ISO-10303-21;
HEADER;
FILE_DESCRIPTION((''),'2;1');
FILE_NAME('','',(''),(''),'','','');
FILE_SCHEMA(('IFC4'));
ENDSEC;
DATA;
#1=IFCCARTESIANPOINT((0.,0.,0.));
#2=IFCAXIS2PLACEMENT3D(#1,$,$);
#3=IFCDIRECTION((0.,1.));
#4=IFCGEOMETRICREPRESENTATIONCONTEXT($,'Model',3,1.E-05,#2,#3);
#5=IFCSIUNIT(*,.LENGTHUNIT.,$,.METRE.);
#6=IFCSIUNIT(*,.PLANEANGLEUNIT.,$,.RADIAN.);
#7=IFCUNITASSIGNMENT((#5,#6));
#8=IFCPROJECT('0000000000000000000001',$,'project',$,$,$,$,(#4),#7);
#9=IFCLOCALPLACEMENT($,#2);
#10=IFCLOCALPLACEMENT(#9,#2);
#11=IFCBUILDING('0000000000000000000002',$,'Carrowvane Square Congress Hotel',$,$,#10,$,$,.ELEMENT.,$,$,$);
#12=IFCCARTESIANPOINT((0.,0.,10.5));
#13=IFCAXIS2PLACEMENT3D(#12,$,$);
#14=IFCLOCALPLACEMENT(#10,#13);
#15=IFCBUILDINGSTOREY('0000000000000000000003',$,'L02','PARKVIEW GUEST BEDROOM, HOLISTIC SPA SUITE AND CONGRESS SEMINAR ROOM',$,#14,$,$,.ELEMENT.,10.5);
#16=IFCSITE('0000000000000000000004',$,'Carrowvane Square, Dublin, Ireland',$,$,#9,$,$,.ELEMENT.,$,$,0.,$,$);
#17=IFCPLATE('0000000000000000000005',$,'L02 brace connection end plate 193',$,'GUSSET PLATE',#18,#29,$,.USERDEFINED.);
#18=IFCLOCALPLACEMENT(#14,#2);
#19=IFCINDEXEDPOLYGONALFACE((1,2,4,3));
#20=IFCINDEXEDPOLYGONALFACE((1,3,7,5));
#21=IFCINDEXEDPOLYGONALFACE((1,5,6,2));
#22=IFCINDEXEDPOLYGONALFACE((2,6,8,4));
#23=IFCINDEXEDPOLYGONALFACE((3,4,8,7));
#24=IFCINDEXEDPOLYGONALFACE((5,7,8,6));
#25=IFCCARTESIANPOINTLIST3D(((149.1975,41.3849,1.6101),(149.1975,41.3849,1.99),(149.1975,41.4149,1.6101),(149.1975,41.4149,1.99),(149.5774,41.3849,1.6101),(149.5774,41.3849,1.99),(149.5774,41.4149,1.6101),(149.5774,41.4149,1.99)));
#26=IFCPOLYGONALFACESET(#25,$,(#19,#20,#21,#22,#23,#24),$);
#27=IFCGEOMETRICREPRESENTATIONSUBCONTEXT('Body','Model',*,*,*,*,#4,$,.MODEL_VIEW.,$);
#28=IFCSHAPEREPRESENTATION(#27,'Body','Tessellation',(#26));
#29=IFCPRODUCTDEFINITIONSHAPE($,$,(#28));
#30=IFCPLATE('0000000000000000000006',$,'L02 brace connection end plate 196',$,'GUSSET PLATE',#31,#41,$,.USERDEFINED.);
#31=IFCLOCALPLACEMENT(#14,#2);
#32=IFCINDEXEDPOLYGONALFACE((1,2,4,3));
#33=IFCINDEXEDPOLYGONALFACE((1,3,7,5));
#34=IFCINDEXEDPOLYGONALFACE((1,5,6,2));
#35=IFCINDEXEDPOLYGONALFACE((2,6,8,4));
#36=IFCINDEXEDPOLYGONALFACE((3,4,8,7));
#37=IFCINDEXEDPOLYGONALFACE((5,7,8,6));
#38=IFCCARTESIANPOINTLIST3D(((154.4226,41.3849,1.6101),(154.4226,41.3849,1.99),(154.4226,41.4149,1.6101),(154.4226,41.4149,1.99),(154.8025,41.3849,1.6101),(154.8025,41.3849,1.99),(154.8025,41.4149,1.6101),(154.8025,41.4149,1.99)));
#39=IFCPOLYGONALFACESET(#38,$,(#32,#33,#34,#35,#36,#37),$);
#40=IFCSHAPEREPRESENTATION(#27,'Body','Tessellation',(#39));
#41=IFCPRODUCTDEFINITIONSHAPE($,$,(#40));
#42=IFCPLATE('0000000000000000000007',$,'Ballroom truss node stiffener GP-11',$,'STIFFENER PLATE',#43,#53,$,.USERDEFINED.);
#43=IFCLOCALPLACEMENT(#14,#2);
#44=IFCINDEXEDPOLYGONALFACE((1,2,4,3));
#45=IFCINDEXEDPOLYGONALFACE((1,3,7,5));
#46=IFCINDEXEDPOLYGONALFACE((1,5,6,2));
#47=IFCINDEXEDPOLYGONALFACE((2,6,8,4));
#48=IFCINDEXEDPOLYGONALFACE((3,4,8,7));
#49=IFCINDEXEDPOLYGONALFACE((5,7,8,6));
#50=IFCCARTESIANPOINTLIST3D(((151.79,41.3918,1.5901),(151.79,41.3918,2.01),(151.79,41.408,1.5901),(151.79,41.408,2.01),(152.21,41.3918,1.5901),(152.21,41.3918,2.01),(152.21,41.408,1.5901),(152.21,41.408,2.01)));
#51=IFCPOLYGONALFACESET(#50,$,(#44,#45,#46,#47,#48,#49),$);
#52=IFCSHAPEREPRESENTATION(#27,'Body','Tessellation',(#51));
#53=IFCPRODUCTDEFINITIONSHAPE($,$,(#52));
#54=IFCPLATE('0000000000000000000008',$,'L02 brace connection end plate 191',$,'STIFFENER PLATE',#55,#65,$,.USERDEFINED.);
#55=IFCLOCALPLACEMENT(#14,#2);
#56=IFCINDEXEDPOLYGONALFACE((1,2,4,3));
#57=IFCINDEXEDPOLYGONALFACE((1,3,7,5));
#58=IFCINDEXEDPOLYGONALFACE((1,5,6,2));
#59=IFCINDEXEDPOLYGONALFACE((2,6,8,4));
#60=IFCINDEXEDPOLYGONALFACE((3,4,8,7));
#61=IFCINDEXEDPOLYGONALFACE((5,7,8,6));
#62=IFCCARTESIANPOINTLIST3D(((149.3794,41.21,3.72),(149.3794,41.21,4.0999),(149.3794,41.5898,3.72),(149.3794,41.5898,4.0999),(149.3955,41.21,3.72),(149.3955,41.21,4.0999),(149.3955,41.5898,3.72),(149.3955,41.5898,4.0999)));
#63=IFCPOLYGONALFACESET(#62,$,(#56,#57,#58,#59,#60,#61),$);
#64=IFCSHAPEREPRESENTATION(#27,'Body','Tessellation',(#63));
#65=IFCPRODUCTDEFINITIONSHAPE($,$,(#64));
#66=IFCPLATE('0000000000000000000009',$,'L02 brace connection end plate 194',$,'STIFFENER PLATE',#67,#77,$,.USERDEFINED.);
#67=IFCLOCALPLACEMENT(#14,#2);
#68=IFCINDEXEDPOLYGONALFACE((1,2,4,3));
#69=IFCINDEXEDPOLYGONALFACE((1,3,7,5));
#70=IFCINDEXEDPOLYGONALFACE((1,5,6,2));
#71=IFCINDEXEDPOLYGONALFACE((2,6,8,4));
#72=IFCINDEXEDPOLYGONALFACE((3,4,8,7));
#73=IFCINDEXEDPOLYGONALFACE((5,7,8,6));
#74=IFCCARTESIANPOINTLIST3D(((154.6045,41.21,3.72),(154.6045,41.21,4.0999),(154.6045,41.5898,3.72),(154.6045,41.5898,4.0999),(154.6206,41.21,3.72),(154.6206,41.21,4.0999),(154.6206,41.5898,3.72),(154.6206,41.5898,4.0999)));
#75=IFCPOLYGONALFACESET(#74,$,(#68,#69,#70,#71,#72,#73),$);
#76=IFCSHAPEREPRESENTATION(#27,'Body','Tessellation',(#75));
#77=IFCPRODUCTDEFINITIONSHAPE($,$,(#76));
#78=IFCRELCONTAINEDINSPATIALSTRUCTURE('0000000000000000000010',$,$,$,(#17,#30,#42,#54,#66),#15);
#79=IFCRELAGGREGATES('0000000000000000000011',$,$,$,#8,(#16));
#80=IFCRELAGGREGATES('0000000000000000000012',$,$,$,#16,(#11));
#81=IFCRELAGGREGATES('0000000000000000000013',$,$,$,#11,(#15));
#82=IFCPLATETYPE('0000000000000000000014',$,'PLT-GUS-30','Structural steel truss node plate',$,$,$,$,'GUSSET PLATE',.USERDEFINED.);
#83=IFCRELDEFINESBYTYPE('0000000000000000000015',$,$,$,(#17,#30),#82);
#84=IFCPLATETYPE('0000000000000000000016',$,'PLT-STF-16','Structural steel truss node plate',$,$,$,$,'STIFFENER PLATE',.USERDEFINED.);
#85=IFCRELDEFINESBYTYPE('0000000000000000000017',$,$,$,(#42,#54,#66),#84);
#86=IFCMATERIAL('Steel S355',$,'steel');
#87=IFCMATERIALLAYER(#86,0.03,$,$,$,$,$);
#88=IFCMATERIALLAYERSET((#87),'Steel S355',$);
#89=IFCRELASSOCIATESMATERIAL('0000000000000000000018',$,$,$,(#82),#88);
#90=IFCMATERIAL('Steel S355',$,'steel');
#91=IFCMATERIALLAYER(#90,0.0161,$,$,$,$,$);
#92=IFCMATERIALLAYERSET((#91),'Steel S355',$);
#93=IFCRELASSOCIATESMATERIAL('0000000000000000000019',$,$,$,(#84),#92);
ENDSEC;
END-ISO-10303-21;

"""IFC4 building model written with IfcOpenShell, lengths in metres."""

from ifc_helpers import new_model, si_unit, direction, frame, origin, origin_2d, place, context, subcontext, project, spatial, rectangle, extrude, material, layer, layer_set, type_object, element, save


model = new_model("IFC4")

# Units and contexts
model_context = context("Model", 3, precision=1e-05, world=origin(), true_north=direction((0.0, 1.0)))
body_context = subcontext(model_context, "Body", "Model", "MODEL_VIEW")
ifc_project = project(units=[si_unit("LENGTHUNIT", "METRE"), si_unit("PLANEANGLEUNIT", "RADIAN")], contexts=[model_context])

# Site, building, storey
site_placement = place(None, origin())
site = spatial("IfcSite", under=ifc_project, at=site_placement, Name="Carrowvane Square, Dublin, Ireland", CompositionType="ELEMENT", RefElevation=0.0)
building_placement = place(site_placement, origin())
building = spatial("IfcBuilding", under=site, at=building_placement, Name="Carrowvane Square Congress Hotel", CompositionType="ELEMENT")
storey_placement = place(building_placement, frame((0.0, 0.0, 10.5)))
storey = spatial("IfcBuildingStorey", under=building, at=storey_placement, Name="L02", Description="PARKVIEW GUEST BEDROOM, HOLISTIC SPA SUITE AND CONGRESS SEMINAR ROOM", CompositionType="ELEMENT", Elevation=10.5)

# Plates
ifc_material_1 = material(Name="Steel S355", Category="steel")
ifc_layer_1 = layer(ifc_material_1, 0.03)
ifc_layer_set_1 = layer_set([ifc_layer_1], Name="Steel S355")
plate_type_1 = type_object("IfcPlateType", Name="PLT-GUS-30", Description="Structural steel truss node plate", ElementType="GUSSET PLATE", PredefinedType="USERDEFINED", material=ifc_layer_set_1)
for number, where, z_axis, x_axis, name in (
    (1, (149.3875, 41.3999, 1.6101), (0.0, 0.0, 1.0), (1.0, 0.0, 0.0), "L02 brace connection end plate 193"),
    (2, (154.6125, 41.3999, 1.6101), (0.0, 0.0, 1.0), (1.0, 0.0, 0.0), "L02 brace connection end plate 196"),
):
    element("IfcPlate", number, at=place(storey_placement, frame(where, z_axis=z_axis, x_axis=x_axis)), inside=storey, type_object=plate_type_1, Name=name, ObjectType="GUSSET PLATE", PredefinedType="USERDEFINED", context=body_context, shape_type="SweptSolid", body=[
        extrude(rectangle(XDim=0.3799, YDim=0.03, at=origin_2d()), origin(), (0.0, 0.0, 1.0), 0.3799),
    ])
ifc_material_2 = material(Name="Steel S355", Category="steel")
ifc_layer_2 = layer(ifc_material_2, 0.0161)
ifc_layer_set_2 = layer_set([ifc_layer_2], Name="Steel S355")
plate_type_2 = type_object("IfcPlateType", Name="PLT-STF-16", Description="Structural steel truss node plate", ElementType="STIFFENER PLATE", PredefinedType="USERDEFINED", material=ifc_layer_set_2)
plate_1_placement = place(storey_placement, frame((152.0, 41.3999, 1.5901), z_axis=(0.0, 0.0, 1.0), x_axis=(1.0, 0.0, 0.0)))
element("IfcPlate", 3, at=plate_1_placement, inside=storey, type_object=plate_type_2, Name="Ballroom truss node stiffener GP-11", ObjectType="STIFFENER PLATE", PredefinedType="USERDEFINED", context=body_context, shape_type="SweptSolid", body=[
    extrude(rectangle(XDim=0.4199, YDim=0.0161, at=origin_2d()), origin(), (0.0, 0.0, 1.0), 0.4199),
])
for number, where, z_axis, x_axis, name in (
    (4, (149.3875, 41.3999, 3.72), (0.0, 0.0, 1.0), (1.0, 0.0, 0.0), "L02 brace connection end plate 191"),
    (5, (154.6125, 41.3999, 3.72), (0.0, 0.0, 1.0), (1.0, 0.0, 0.0), "L02 brace connection end plate 194"),
):
    element("IfcPlate", number, at=place(storey_placement, frame(where, z_axis=z_axis, x_axis=x_axis)), inside=storey, type_object=plate_type_2, Name=name, ObjectType="STIFFENER PLATE", PredefinedType="USERDEFINED", context=body_context, shape_type="SweptSolid", body=[
        extrude(rectangle(XDim=0.0161, YDim=0.3799, at=origin_2d()), origin(), (0.0, 0.0, 1.0), 0.3799),
    ])

save(model, "model.ifc")
